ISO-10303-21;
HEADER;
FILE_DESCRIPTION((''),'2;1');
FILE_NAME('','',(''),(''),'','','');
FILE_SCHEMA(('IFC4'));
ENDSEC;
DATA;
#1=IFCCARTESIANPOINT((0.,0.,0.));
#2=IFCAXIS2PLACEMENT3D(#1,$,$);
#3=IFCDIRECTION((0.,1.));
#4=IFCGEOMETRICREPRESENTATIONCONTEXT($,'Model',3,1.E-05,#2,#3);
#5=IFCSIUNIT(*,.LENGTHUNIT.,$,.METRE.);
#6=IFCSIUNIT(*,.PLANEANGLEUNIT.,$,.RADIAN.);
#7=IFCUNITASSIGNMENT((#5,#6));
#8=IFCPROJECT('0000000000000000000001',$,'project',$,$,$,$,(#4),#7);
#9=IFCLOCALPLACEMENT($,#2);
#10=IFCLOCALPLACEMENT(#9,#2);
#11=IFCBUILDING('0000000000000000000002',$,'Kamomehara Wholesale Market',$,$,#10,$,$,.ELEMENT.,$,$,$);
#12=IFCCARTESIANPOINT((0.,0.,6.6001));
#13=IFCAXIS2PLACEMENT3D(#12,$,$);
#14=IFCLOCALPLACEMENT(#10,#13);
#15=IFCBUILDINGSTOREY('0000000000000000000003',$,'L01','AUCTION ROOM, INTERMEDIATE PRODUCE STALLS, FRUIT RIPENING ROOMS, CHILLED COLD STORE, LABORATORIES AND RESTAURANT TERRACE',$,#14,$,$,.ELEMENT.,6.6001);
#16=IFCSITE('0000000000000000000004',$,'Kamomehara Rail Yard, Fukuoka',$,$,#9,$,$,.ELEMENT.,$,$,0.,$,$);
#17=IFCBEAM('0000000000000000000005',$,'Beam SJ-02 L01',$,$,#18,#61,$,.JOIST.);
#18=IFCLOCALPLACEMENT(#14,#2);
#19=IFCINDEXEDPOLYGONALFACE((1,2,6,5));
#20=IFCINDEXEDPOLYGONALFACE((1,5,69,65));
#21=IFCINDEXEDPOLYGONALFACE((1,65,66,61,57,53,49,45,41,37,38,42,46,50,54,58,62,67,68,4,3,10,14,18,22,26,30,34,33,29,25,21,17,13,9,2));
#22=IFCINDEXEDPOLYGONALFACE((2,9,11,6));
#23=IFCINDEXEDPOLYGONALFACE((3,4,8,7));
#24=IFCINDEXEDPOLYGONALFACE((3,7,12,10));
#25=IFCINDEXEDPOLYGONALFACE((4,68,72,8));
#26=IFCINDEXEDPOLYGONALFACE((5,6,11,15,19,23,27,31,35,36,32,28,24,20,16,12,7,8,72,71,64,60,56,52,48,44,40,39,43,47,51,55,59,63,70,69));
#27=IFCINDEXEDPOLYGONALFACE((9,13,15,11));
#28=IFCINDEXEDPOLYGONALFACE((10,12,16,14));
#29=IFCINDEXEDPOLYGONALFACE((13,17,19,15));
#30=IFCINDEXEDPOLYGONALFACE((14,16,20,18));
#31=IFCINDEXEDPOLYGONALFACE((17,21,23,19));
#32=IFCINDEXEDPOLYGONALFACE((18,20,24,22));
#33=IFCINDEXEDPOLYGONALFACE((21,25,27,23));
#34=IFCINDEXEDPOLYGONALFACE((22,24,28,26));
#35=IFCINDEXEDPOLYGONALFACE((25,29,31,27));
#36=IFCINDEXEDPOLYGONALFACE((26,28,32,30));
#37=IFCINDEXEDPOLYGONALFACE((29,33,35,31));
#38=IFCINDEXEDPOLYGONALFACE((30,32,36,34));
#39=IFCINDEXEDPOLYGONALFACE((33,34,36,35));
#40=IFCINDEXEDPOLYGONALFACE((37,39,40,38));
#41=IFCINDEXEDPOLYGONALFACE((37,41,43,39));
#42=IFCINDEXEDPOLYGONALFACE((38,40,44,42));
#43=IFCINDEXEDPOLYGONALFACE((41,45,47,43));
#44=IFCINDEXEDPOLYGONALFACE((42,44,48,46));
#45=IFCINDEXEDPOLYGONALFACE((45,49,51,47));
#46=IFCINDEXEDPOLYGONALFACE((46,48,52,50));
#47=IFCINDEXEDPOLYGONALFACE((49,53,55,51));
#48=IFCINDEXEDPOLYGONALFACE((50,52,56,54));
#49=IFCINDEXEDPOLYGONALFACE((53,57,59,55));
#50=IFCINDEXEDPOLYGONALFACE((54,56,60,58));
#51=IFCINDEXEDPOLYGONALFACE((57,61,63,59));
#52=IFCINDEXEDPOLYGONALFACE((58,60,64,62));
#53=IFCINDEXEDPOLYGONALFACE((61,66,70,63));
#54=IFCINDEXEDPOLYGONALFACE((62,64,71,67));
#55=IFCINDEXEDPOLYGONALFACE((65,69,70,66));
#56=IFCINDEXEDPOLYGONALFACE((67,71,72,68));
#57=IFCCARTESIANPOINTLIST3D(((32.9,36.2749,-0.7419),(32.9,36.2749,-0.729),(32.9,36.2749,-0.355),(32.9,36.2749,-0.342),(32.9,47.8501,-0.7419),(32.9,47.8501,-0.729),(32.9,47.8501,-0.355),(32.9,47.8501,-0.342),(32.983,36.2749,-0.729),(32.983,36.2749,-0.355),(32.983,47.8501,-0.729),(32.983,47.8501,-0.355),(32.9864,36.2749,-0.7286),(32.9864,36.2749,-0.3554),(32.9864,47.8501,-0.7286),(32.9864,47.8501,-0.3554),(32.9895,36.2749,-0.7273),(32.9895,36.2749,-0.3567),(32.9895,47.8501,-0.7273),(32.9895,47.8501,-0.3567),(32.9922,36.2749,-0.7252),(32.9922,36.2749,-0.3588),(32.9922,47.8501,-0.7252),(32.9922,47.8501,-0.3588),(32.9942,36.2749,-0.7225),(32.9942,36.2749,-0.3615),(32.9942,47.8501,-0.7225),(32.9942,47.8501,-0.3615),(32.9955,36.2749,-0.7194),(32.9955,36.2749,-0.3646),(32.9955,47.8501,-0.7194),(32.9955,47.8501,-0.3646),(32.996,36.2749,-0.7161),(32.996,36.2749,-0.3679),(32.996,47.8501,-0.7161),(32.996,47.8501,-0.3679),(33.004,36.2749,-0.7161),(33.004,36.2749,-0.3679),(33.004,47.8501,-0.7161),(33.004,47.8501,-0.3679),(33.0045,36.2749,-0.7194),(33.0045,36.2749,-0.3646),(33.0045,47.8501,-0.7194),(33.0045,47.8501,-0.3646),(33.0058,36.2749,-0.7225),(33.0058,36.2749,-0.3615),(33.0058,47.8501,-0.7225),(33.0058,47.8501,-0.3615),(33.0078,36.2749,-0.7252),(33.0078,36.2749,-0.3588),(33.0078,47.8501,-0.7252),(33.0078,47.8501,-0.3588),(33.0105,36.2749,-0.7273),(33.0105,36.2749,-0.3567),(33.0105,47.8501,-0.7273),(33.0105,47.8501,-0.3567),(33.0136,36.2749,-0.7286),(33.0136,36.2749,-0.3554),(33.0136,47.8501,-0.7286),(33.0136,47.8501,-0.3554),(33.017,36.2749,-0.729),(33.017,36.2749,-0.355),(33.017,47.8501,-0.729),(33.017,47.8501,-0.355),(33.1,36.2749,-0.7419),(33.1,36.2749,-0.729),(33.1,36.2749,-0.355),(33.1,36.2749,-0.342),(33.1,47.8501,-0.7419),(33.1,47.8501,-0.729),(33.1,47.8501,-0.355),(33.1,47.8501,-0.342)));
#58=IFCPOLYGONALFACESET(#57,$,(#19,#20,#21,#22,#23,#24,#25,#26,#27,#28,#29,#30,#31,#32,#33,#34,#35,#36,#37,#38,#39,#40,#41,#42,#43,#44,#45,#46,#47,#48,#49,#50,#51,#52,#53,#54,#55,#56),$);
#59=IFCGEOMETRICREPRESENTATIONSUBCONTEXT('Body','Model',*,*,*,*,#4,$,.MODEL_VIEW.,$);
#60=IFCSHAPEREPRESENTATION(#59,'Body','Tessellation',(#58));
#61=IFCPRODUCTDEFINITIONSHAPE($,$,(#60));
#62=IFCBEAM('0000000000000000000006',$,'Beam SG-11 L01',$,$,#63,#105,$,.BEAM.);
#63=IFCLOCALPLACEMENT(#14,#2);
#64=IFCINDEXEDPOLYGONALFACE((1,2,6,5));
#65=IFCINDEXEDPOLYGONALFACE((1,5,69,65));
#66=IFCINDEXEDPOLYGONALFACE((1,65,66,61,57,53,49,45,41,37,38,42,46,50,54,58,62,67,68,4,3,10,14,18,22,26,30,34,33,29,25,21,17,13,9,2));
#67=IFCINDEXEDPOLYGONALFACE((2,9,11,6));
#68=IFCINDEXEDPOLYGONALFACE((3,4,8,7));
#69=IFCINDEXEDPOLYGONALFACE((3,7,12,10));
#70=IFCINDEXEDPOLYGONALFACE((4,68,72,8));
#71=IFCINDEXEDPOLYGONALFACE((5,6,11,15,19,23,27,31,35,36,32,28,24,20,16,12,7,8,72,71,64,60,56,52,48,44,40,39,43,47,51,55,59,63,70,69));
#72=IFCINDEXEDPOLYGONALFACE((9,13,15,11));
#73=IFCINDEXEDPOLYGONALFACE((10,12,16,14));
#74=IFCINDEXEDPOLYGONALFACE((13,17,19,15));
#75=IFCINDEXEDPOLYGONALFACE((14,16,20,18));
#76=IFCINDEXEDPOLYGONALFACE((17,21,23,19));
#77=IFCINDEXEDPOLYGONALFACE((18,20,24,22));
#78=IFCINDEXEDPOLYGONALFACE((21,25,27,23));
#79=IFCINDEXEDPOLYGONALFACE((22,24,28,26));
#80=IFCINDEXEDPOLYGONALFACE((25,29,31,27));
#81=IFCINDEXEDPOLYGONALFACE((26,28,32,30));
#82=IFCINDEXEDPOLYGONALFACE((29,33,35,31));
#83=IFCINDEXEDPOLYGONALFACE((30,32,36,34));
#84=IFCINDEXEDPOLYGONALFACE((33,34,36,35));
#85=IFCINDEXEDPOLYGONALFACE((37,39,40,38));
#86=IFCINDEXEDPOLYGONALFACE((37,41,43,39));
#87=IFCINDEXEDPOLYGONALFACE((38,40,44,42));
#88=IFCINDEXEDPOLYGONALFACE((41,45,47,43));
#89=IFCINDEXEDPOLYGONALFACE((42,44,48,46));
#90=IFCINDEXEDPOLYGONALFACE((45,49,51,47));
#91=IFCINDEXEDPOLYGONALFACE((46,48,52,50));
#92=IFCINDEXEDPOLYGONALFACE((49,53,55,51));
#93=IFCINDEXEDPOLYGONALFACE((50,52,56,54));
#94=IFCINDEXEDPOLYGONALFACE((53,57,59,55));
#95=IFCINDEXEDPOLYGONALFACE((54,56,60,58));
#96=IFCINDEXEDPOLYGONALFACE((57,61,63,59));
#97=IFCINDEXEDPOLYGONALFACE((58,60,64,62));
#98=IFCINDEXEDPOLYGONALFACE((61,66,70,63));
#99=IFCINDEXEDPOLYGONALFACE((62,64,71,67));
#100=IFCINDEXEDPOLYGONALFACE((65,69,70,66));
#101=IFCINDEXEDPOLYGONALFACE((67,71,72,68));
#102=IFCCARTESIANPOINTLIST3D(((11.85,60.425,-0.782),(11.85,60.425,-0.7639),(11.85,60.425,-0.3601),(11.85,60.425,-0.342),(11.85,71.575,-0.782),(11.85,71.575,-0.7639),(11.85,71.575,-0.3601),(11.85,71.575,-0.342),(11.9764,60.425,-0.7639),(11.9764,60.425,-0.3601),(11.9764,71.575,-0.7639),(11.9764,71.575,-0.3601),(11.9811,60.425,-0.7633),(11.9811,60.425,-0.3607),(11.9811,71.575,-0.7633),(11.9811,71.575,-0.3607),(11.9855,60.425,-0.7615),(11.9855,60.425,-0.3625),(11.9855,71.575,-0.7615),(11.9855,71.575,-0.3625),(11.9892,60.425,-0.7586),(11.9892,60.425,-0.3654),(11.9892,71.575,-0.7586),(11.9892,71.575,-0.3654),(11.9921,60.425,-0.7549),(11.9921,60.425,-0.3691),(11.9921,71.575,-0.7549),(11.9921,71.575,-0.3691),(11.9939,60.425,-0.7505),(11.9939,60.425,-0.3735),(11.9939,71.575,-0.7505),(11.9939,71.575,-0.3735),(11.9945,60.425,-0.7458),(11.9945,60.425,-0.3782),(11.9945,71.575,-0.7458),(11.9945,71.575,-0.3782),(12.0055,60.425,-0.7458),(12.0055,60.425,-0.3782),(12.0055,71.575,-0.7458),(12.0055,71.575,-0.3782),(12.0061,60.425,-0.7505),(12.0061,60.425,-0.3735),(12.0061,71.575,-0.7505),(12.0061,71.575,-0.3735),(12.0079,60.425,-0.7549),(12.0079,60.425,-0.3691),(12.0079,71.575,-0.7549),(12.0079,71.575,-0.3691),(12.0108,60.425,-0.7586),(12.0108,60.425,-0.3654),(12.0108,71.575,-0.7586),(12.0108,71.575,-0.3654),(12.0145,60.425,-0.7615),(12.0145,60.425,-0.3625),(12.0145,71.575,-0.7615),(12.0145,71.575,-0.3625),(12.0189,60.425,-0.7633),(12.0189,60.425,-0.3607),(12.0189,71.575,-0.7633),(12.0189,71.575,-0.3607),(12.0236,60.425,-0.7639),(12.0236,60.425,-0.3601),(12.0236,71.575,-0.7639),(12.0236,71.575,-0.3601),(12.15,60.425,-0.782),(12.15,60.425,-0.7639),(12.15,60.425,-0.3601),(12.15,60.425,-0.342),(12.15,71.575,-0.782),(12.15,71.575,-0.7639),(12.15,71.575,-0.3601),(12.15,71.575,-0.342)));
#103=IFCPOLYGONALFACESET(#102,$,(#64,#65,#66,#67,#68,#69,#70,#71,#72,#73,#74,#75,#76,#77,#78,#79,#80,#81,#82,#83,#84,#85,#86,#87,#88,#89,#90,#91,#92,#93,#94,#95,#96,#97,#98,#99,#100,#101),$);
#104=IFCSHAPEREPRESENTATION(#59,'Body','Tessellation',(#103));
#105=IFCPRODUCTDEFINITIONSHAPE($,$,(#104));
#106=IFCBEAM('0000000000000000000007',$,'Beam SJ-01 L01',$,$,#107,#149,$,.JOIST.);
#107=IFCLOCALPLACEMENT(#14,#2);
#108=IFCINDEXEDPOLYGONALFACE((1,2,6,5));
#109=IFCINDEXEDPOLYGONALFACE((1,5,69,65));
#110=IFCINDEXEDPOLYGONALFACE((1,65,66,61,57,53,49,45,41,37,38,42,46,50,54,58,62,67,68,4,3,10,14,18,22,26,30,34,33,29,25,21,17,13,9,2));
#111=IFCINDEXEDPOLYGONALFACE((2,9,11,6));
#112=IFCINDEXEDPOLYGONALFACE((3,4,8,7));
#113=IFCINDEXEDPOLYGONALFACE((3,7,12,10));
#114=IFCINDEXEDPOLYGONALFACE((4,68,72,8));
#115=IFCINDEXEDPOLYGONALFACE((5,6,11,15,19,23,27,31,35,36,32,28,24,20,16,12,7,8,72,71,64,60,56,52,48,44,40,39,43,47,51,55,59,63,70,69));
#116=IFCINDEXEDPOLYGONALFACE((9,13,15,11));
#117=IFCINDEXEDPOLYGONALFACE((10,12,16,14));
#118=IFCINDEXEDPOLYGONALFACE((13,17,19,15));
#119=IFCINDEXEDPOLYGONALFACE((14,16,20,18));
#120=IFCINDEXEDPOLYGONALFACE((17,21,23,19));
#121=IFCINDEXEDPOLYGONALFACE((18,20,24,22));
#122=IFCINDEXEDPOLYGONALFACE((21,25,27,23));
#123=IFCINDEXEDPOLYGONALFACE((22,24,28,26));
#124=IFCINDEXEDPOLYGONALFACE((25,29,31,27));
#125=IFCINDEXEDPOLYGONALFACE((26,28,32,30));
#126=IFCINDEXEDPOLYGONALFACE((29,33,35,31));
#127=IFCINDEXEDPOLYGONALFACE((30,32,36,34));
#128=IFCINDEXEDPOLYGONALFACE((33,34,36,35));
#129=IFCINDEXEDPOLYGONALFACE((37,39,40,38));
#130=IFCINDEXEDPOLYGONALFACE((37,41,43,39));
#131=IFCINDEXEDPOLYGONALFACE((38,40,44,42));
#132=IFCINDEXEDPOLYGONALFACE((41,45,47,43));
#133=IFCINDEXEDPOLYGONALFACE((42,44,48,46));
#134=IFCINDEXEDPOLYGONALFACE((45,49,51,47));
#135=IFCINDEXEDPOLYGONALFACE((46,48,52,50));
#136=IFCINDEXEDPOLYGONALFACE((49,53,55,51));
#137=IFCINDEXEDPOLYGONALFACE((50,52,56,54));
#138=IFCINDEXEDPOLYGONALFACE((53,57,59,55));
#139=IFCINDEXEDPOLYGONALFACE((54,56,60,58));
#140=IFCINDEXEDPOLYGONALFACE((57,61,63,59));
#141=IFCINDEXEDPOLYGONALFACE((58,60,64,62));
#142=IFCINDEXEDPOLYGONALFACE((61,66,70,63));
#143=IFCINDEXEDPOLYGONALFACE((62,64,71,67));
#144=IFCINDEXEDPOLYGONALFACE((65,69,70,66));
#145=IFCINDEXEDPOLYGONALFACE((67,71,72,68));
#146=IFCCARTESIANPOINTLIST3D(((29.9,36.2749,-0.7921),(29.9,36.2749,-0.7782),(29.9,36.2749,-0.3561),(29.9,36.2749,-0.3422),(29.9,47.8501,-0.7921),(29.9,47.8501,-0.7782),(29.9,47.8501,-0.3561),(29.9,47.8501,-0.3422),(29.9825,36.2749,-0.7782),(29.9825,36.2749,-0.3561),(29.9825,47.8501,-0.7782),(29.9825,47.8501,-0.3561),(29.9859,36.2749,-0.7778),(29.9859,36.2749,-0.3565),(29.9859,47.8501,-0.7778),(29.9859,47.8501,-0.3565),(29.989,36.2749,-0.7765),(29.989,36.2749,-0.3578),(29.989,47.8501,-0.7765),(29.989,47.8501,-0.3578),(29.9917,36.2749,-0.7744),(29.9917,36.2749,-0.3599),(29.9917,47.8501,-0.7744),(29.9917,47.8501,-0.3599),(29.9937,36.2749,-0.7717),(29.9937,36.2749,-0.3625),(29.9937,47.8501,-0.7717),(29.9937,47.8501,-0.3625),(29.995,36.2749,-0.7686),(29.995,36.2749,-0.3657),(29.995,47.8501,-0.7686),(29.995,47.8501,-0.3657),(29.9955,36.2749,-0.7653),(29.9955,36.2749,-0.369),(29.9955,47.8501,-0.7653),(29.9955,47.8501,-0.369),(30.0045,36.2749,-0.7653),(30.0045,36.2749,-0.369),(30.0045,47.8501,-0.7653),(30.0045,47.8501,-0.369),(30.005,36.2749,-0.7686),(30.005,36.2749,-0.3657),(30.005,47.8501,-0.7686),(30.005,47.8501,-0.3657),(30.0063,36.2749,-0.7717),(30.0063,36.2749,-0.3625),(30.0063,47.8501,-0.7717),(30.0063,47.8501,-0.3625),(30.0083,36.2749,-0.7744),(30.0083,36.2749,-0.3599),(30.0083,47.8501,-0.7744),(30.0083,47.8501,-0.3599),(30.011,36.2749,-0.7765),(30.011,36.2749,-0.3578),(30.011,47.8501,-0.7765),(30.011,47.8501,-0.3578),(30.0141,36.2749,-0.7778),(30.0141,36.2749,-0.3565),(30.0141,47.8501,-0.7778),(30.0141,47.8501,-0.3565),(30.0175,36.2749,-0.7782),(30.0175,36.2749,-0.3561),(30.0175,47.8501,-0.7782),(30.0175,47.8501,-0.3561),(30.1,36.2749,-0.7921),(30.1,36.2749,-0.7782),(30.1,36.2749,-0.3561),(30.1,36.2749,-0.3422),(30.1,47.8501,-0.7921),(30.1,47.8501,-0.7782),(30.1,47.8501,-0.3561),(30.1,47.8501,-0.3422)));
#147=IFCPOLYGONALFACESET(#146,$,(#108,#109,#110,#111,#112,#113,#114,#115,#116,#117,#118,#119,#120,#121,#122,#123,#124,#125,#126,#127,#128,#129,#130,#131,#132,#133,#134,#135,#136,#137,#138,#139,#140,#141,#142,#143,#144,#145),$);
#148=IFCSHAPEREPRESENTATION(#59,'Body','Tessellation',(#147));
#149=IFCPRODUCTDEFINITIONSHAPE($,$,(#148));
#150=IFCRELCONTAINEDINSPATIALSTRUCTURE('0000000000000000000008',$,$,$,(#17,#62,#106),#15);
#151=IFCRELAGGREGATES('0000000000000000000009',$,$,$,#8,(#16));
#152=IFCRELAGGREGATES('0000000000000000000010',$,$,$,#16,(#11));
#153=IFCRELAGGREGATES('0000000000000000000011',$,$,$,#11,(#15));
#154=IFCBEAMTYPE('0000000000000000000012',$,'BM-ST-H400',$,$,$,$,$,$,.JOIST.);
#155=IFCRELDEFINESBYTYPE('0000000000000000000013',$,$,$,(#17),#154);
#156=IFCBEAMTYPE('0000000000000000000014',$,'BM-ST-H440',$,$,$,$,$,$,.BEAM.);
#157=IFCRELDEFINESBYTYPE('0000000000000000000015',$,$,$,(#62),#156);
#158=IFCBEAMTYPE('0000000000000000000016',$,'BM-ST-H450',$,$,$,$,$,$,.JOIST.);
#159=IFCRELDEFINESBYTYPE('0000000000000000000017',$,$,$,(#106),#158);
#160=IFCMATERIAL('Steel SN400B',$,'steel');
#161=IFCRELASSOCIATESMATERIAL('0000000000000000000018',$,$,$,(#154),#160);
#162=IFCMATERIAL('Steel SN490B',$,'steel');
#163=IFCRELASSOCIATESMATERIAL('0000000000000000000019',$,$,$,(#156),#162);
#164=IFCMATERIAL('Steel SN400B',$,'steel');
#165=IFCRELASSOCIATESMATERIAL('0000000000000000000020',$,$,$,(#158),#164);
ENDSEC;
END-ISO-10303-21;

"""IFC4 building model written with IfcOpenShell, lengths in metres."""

from ifc_helpers import new_model, si_unit, direction, frame, origin, origin_2d, place, context, subcontext, project, spatial, i_section, extrude, material, material_profile, profile_set, type_object, element, save


model = new_model("IFC4")

# Units and contexts
model_context = context("Model", 3, precision=1e-05, world=origin(), true_north=direction((0.0, 1.0)))
body_context = subcontext(model_context, "Body", "Model", "MODEL_VIEW")
ifc_project = project(units=[si_unit("LENGTHUNIT", "METRE"), si_unit("PLANEANGLEUNIT", "RADIAN")], contexts=[model_context])

# Site, building, storey
site_placement = place(None, origin())
site = spatial("IfcSite", under=ifc_project, at=site_placement, Name="Kamomehara Rail Yard, Fukuoka", CompositionType="ELEMENT", RefElevation=0.0)
building_placement = place(site_placement, origin())
building = spatial("IfcBuilding", under=site, at=building_placement, Name="Kamomehara Wholesale Market", CompositionType="ELEMENT")
storey_placement = place(building_placement, frame((0.0, 0.0, 6.6001)))
storey = spatial("IfcBuildingStorey", under=building, at=storey_placement, Name="L01", Description="AUCTION ROOM, INTERMEDIATE PRODUCE STALLS, FRUIT RIPENING ROOMS, CHILLED COLD STORE, LABORATORIES AND RESTAURANT TERRACE", CompositionType="ELEMENT", Elevation=6.6001)

# Beams
ifc_material_1 = material(Name="Steel SN400B", Category="steel")
ifc_material_profile_1 = material_profile(ifc_material_1, i_section(OverallWidth=0.2, OverallDepth=0.3999, WebThickness=0.0081, FlangeThickness=0.0129, FilletRadius=0.0129, at=origin_2d()), Name="H-400x200x8x13")
ifc_profile_set_1 = profile_set([ifc_material_profile_1], Name="Steel SN400B")
beam_type_1 = type_object("IfcBeamType", Name="BM-ST-H400", PredefinedType="JOIST", material=ifc_profile_set_1)
beam_1_placement = place(storey_placement, frame((33.0, 36.2749, -0.542), z_axis=(0.0, 1.0, 0.0), x_axis=(-1.0, 0.0, 0.0)))
element("IfcBeam", 1, at=beam_1_placement, inside=storey, type_object=beam_type_1, Name="Beam SJ-02 L01", PredefinedType="JOIST", context=body_context, shape_type="SweptSolid", body=[
    extrude(i_section(OverallWidth=0.2, OverallDepth=0.3999, WebThickness=0.0081, FlangeThickness=0.0129, FilletRadius=0.0129, at=origin_2d()), origin(), (0.0, 0.0, 1.0), 11.5752),
])
ifc_material_2 = material(Name="Steel SN490B", Category="steel")
ifc_material_profile_2 = material_profile(ifc_material_2, i_section(OverallWidth=0.3, OverallDepth=0.4399, WebThickness=0.011, FlangeThickness=0.0181, FilletRadius=0.0181, at=origin_2d()), Name="H-440x300x11x18")
ifc_profile_set_2 = profile_set([ifc_material_profile_2], Name="Steel SN490B")
beam_type_2 = type_object("IfcBeamType", Name="BM-ST-H440", PredefinedType="BEAM", material=ifc_profile_set_2)
beam_2_placement = place(storey_placement, frame((12.0, 60.425, -0.562), z_axis=(0.0, 1.0, 0.0), x_axis=(-1.0, 0.0, 0.0)))
element("IfcBeam", 2, at=beam_2_placement, inside=storey, type_object=beam_type_2, Name="Beam SG-11 L01", PredefinedType="BEAM", context=body_context, shape_type="SweptSolid", body=[
    extrude(i_section(OverallWidth=0.3, OverallDepth=0.4399, WebThickness=0.011, FlangeThickness=0.0181, FilletRadius=0.0181, at=origin_2d()), origin(), (0.0, 0.0, 1.0), 11.1499),
])
ifc_material_3 = material(Name="Steel SN400B", Category="steel")
ifc_material_profile_3 = material_profile(ifc_material_3, i_section(OverallWidth=0.2, OverallDepth=0.45, WebThickness=0.009, FlangeThickness=0.0139, FilletRadius=0.0129, at=origin_2d()), Name="H-450x200x9x14")
ifc_profile_set_3 = profile_set([ifc_material_profile_3], Name="Steel SN400B")
beam_type_3 = type_object("IfcBeamType", Name="BM-ST-H450", PredefinedType="JOIST", material=ifc_profile_set_3)
beam_3_placement = place(storey_placement, frame((30.0, 36.2749, -0.5671), z_axis=(0.0, 1.0, 0.0), x_axis=(-1.0, 0.0, 0.0)))
element("IfcBeam", 3, at=beam_3_placement, inside=storey, type_object=beam_type_3, Name="Beam SJ-01 L01", PredefinedType="JOIST", context=body_context, shape_type="SweptSolid", body=[
    extrude(i_section(OverallWidth=0.2, OverallDepth=0.45, WebThickness=0.009, FlangeThickness=0.0139, FilletRadius=0.0129, at=origin_2d()), origin(), (0.0, 0.0, 1.0), 11.5752),
])

save(model, "model.ifc")
